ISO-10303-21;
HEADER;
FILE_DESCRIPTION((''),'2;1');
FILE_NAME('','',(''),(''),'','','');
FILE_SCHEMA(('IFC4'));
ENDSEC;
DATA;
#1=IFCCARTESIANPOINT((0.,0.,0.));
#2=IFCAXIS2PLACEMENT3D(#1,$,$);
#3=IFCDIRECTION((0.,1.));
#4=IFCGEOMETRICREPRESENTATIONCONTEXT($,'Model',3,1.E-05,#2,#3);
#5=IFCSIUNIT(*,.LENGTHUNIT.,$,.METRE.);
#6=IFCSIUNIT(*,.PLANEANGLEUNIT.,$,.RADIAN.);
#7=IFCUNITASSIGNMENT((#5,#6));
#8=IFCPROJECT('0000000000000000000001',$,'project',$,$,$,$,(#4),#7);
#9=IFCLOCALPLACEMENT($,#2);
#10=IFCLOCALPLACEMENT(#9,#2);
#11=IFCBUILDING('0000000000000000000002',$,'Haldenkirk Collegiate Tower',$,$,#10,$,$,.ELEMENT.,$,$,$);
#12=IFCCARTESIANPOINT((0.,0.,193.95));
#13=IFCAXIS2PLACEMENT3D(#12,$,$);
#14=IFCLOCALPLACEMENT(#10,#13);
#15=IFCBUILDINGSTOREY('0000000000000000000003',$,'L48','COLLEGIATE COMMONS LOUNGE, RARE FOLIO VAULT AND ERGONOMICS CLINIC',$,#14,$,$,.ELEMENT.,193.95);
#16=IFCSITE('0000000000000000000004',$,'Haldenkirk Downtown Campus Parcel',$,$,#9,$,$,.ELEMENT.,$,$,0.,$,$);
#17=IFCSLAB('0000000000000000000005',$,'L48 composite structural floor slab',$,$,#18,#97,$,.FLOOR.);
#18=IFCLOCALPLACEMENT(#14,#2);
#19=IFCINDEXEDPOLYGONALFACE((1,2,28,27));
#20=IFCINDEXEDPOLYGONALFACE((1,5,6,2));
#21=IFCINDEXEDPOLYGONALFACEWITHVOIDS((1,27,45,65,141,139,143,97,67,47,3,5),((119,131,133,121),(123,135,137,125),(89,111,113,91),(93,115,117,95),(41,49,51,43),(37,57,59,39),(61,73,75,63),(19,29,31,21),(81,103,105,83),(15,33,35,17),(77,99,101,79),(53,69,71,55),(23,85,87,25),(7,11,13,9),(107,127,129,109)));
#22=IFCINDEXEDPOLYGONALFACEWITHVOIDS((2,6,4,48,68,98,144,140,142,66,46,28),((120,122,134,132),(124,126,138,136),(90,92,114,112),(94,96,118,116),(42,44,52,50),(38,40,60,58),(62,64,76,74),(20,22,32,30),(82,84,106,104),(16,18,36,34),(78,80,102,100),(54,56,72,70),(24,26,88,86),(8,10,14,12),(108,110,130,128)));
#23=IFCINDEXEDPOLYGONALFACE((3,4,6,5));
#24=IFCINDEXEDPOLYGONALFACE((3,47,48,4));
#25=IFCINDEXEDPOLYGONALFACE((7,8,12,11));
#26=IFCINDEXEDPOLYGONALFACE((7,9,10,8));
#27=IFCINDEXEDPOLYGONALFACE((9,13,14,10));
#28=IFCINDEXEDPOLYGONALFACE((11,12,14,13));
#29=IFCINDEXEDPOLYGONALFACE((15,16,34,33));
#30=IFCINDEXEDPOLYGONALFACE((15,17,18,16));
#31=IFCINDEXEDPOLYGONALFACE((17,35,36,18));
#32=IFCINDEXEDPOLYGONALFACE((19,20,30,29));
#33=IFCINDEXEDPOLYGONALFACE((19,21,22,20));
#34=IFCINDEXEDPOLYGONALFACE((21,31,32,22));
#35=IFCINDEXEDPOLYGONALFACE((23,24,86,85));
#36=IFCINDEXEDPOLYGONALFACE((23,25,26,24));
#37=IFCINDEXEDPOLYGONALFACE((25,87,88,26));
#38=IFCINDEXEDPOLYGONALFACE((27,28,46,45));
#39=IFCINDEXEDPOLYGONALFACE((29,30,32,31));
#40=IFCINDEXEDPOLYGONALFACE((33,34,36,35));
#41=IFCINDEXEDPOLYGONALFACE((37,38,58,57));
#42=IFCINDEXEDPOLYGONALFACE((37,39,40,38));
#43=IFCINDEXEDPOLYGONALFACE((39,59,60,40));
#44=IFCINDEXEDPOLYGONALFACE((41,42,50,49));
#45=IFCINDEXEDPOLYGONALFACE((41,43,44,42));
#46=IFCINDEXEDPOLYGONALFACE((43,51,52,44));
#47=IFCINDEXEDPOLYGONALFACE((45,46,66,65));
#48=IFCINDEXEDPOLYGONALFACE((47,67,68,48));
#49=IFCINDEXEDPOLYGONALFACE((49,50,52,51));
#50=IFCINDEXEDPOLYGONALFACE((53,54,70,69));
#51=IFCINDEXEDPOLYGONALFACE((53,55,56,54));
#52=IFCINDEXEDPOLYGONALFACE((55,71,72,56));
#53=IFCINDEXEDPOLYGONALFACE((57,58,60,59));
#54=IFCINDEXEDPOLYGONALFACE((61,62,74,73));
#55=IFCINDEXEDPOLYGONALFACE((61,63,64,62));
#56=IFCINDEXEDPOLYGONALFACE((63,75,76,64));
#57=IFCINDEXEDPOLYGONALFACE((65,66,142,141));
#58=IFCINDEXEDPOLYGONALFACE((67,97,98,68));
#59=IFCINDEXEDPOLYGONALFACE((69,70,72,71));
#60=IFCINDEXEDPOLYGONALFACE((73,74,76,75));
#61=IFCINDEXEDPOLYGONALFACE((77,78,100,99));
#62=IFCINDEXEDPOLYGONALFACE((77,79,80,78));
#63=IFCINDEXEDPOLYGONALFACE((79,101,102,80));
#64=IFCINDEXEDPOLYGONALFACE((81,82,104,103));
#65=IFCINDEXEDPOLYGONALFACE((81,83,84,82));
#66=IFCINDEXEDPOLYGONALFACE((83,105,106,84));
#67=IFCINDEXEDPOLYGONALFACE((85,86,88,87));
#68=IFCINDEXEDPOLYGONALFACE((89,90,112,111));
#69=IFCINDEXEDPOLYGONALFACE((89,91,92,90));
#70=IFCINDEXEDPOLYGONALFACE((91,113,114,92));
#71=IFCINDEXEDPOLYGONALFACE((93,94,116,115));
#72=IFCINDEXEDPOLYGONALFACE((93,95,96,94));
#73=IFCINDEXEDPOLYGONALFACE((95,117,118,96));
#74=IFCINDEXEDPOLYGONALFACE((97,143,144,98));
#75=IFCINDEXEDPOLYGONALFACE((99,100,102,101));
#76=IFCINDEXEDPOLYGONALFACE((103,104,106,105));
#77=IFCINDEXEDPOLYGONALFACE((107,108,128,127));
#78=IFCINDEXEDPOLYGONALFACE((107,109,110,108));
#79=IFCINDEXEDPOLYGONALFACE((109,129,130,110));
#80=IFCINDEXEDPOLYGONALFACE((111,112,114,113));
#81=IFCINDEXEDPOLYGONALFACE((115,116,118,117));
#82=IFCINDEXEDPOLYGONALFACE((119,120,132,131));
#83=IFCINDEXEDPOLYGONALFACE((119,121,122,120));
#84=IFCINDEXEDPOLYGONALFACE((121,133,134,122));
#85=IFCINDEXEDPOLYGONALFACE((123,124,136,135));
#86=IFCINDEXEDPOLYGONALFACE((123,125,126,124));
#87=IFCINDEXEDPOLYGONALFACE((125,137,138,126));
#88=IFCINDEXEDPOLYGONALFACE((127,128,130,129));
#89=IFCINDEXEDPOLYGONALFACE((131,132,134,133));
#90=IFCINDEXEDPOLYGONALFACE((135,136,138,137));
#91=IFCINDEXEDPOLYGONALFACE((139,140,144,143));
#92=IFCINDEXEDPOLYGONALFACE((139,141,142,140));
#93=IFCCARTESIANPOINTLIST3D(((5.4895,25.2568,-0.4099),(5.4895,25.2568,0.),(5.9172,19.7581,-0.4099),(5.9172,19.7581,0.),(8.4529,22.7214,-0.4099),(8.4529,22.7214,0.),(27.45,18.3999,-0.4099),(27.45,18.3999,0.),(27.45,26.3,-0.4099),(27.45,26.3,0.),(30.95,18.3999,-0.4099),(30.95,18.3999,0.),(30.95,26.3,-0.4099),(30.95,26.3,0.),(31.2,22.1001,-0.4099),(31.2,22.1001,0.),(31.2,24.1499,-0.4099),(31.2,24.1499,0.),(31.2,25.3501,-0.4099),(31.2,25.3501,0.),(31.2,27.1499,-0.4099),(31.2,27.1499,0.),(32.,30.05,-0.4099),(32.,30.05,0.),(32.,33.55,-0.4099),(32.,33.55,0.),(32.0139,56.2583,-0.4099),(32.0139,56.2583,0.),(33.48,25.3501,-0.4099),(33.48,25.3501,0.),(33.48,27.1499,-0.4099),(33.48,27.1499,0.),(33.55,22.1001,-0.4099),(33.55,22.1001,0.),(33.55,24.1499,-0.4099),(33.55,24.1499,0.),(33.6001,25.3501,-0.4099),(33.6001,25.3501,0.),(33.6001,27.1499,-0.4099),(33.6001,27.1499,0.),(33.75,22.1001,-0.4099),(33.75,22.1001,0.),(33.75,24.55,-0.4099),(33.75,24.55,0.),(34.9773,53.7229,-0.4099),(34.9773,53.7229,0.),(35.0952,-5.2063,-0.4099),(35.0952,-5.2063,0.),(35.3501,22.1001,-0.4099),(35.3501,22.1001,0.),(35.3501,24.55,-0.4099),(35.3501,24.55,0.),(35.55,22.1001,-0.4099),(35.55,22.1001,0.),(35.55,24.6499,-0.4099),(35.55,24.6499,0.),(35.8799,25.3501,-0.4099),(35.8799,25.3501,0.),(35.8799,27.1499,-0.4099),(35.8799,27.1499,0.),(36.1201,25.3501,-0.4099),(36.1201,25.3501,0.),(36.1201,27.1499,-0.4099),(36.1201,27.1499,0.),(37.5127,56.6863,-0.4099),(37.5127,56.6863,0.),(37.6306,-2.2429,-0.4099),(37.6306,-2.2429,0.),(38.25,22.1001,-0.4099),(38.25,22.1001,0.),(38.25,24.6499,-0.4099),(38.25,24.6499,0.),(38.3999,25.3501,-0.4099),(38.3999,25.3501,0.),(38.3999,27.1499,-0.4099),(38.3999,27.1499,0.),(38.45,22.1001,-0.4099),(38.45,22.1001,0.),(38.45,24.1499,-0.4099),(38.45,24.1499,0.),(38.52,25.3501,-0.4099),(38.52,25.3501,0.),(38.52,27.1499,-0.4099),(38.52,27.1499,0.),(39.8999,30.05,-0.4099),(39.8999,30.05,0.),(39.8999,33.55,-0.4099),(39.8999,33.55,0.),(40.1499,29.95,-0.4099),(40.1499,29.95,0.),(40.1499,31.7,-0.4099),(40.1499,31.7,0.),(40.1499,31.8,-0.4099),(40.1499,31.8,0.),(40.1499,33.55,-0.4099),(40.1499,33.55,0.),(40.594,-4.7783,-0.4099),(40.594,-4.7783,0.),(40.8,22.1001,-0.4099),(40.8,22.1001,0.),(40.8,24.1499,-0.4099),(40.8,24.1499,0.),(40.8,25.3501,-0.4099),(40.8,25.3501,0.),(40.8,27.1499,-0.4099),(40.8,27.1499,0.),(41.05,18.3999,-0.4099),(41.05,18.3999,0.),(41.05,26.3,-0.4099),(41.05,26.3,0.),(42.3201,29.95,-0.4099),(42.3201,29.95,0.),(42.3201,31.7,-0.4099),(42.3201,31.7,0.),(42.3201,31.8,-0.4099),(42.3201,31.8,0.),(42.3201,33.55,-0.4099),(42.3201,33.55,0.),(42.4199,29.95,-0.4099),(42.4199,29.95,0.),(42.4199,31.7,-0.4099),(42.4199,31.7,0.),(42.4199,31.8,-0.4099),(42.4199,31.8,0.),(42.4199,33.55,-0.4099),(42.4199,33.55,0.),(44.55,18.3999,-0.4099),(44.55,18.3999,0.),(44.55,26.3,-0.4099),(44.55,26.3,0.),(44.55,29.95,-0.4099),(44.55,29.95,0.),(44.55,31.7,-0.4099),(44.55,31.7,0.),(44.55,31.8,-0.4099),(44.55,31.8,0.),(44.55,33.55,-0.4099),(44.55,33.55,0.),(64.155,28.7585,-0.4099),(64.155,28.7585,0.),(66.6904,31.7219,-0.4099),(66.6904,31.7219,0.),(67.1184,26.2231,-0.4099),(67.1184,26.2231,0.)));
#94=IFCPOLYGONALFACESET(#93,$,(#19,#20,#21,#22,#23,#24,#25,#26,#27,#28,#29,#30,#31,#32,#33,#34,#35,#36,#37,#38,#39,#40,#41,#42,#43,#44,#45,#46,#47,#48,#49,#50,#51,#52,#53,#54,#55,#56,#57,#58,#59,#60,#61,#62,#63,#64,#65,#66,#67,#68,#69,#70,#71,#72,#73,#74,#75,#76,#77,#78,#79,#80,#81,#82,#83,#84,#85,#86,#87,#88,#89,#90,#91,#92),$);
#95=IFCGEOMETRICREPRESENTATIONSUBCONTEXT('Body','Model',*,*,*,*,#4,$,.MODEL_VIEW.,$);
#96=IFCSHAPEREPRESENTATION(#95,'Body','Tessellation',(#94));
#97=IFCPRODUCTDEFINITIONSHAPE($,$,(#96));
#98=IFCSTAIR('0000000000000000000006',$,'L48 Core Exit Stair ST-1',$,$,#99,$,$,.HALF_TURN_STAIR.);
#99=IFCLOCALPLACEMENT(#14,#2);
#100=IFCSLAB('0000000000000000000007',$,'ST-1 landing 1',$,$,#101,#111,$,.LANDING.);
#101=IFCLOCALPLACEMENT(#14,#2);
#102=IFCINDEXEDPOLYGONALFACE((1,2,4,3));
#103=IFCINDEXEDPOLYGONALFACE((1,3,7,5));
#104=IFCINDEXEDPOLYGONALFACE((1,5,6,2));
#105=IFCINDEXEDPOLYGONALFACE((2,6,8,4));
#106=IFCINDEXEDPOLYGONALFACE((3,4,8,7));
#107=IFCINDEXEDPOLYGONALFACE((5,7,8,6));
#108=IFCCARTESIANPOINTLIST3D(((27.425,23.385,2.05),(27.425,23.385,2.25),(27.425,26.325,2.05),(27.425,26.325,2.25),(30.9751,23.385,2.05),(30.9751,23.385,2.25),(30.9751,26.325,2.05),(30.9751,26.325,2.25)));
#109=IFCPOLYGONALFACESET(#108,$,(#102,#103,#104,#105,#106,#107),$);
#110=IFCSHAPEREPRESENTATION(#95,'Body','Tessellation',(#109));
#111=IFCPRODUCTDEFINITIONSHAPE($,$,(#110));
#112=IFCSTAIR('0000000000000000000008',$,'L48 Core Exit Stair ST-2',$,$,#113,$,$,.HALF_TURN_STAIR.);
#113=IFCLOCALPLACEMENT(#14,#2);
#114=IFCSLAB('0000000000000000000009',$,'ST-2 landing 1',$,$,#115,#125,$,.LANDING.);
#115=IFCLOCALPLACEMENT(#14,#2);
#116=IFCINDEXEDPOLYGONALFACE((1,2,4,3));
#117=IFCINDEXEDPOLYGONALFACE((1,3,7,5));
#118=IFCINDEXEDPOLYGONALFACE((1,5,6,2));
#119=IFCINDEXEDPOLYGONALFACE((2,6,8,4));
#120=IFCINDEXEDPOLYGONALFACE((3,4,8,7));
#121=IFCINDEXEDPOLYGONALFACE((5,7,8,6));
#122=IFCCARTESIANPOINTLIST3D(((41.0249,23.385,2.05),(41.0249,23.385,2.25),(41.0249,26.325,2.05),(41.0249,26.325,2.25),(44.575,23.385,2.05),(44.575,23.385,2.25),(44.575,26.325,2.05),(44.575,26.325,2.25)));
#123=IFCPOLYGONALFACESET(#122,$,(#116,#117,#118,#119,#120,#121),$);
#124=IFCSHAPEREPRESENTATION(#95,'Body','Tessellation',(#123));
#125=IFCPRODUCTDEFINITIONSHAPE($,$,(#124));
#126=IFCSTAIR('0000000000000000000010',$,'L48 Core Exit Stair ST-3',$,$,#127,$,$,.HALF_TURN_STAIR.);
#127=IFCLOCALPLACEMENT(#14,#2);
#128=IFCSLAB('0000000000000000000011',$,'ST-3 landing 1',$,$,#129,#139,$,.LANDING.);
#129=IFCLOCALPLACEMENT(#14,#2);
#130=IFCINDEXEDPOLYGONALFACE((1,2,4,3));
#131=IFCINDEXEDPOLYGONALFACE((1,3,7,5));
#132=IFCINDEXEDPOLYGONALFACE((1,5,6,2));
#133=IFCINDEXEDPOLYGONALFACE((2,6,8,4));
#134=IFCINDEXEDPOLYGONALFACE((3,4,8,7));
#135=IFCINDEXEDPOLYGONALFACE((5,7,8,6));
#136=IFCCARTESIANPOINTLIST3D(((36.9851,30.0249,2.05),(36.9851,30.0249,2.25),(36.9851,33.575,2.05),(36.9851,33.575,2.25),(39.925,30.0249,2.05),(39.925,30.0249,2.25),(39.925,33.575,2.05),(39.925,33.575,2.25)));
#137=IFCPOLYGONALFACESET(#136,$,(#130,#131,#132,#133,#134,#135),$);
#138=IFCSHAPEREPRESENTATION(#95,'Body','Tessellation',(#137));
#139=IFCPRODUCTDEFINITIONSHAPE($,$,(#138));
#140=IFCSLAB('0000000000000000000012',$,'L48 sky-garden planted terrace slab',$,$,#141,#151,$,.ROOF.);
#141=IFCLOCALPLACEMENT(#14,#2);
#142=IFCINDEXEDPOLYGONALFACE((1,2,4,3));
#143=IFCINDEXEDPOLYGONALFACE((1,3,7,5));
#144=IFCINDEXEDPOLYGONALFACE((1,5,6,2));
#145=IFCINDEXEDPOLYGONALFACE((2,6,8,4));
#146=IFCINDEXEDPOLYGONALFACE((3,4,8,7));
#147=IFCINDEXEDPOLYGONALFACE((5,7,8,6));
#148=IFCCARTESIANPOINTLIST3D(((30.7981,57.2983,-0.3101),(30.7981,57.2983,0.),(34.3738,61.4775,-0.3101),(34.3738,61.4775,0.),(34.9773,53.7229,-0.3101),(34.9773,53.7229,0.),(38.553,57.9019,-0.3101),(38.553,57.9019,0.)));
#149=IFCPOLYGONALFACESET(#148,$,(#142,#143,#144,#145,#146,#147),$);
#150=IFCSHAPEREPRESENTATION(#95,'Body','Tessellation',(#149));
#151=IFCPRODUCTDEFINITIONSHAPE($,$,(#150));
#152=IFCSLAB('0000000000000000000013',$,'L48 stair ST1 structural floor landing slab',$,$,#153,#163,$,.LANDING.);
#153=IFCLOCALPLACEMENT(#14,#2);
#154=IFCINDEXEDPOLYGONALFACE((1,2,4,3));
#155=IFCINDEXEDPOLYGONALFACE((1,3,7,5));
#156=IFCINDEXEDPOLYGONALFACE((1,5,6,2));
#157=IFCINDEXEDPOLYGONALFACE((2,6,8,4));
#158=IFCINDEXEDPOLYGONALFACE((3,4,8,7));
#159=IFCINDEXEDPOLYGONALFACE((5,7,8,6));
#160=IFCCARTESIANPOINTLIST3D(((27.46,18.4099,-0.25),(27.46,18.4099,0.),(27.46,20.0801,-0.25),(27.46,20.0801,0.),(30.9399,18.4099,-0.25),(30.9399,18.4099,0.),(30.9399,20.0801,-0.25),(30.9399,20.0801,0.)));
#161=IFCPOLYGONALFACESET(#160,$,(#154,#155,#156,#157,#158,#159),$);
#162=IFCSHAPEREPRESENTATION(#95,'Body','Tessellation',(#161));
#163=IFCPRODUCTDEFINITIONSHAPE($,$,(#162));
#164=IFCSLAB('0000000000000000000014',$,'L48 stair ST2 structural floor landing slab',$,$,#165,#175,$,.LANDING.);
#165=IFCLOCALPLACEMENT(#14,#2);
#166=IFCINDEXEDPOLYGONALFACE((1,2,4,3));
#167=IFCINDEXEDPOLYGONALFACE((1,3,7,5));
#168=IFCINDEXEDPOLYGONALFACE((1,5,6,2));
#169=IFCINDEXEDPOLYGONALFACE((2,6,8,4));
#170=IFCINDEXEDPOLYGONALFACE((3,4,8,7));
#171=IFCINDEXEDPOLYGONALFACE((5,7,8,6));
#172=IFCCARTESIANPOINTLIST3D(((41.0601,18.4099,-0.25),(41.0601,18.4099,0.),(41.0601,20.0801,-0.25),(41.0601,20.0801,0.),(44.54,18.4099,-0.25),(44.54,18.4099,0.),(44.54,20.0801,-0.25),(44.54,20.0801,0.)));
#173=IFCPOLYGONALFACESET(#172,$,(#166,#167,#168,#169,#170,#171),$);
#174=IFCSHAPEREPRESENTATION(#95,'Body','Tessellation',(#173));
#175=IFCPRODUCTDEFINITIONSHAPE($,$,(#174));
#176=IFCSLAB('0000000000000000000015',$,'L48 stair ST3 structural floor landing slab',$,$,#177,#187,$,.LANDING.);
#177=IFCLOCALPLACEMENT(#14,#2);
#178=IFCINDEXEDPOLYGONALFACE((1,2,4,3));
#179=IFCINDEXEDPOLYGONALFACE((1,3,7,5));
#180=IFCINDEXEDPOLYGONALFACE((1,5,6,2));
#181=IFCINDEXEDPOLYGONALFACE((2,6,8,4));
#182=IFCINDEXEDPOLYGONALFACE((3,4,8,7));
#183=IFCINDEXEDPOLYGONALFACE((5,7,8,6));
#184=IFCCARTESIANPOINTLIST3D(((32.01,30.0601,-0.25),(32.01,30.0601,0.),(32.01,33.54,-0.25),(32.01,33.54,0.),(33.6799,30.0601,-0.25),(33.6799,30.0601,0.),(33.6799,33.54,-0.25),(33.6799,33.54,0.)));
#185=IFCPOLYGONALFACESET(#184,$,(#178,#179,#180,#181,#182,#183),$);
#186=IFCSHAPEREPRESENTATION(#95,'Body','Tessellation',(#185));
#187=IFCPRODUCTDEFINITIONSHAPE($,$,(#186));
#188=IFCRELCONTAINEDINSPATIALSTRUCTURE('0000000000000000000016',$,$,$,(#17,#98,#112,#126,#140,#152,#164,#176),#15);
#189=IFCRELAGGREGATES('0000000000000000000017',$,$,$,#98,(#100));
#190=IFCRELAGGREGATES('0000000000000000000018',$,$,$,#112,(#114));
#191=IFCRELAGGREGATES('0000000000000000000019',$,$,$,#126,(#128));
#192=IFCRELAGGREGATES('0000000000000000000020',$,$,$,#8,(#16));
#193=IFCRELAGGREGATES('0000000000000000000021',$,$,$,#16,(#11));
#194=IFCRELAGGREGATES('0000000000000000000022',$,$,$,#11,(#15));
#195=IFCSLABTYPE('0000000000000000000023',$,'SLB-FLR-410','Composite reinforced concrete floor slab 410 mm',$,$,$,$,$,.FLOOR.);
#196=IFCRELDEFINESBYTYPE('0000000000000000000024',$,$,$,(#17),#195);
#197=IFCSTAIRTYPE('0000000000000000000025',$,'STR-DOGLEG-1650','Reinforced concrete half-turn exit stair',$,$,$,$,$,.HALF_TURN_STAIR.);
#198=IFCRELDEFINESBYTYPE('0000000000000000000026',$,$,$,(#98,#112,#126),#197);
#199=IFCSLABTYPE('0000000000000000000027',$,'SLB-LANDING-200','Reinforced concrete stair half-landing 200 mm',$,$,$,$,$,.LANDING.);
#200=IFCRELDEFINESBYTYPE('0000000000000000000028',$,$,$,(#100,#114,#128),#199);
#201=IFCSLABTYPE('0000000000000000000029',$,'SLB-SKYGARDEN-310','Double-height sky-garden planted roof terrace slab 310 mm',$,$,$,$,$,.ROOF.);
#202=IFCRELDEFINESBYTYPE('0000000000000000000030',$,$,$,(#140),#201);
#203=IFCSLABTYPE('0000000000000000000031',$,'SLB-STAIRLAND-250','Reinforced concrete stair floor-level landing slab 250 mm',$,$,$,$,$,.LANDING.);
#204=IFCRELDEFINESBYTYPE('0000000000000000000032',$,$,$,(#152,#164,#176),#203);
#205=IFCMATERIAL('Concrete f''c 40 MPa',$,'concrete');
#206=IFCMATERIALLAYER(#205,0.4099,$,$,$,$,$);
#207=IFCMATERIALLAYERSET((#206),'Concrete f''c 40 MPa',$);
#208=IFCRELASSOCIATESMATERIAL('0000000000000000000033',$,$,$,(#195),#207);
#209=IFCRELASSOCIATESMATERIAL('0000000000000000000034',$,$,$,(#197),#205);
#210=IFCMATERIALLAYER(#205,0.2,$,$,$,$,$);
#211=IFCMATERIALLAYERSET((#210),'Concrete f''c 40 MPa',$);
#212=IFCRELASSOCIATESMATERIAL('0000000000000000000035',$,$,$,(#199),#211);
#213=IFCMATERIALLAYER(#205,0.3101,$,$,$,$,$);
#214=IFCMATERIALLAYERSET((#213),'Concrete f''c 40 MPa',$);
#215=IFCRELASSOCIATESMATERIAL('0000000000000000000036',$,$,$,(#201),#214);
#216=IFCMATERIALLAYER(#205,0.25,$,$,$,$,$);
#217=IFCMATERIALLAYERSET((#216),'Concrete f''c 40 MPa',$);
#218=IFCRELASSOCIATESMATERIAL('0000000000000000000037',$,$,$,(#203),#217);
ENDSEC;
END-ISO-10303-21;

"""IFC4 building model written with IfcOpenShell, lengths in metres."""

from ifc_helpers import new_model, si_unit, direction, frame, origin, place, context, subcontext, project, spatial, polyline, outline, extrude, material, layer, layer_set, type_object, element, aggregate, save


model = new_model("IFC4")

# Units and contexts
model_context = context("Model", 3, precision=1e-05, world=origin(), true_north=direction((0.0, 1.0)))
body_context = subcontext(model_context, "Body", "Model", "MODEL_VIEW")
ifc_project = project(units=[si_unit("LENGTHUNIT", "METRE"), si_unit("PLANEANGLEUNIT", "RADIAN")], contexts=[model_context])

# Site, building, storey
site_placement = place(None, origin())
site = spatial("IfcSite", under=ifc_project, at=site_placement, Name="Haldenkirk Downtown Campus Parcel", CompositionType="ELEMENT", RefElevation=0.0)
building_placement = place(site_placement, origin())
building = spatial("IfcBuilding", under=site, at=building_placement, Name="Haldenkirk Collegiate Tower", CompositionType="ELEMENT")
storey_placement = place(building_placement, frame((0.0, 0.0, 193.95)))
storey = spatial("IfcBuildingStorey", under=building, at=storey_placement, Name="L48", Description="COLLEGIATE COMMONS LOUNGE, RARE FOLIO VAULT AND ERGONOMICS CLINIC", CompositionType="ELEMENT", Elevation=193.95)

# Slab
ifc_material_1 = material(Name="Concrete f'c 40 MPa", Category="concrete")
ifc_layer_1 = layer(ifc_material_1, 0.4099)
ifc_layer_set_1 = layer_set([ifc_layer_1], Name="Concrete f'c 40 MPa")
slab_type_1 = type_object("IfcSlabType", Name="SLB-FLR-410", Description="Composite reinforced concrete floor slab 410 mm", PredefinedType="FLOOR", material=ifc_layer_set_1)
slab_1_placement = place(storey_placement, frame((0.0, 0.0, -0.4099)))
element("IfcSlab", 1, at=slab_1_placement, inside=storey, type_object=slab_type_1, Name="L48 composite structural floor slab", PredefinedType="FLOOR", context=body_context, shape_type="SweptSolid", body=[
    extrude(outline(polyline([(40.594, -4.7783), (67.1184, 26.2231), (64.155, 28.7585), (66.6904, 31.7219), (37.5127, 56.6863), (34.9773, 53.7229), (32.0139, 56.2583), (5.4895, 25.2568), (8.4529, 22.7214), (5.9172, 19.7581), (35.0952, -5.2063), (37.6306, -2.2429), (40.594, -4.7783)]), holes=[polyline([(27.45, 18.3999), (30.95, 18.3999), (30.95, 26.3), (27.45, 26.3), (27.45, 18.3999)]), polyline([(41.05, 18.3999), (44.55, 18.3999), (44.55, 26.3), (41.05, 26.3), (41.05, 18.3999)]), polyline([(32.0, 30.05), (39.8999, 30.05), (39.8999, 33.55), (32.0, 33.55), (32.0, 30.05)]), polyline([(33.75, 22.1001), (35.3501, 22.1001), (35.3501, 24.55), (33.75, 24.55), (33.75, 22.1001)]), polyline([(40.1499, 29.95), (42.3201, 29.95), (42.3201, 31.7), (40.1499, 31.7), (40.1499, 29.95)]), polyline([(42.4199, 29.95), (44.55, 29.95), (44.55, 31.7), (42.4199, 31.7), (42.4199, 29.95)]), polyline([(40.1499, 31.8), (42.3201, 31.8), (42.3201, 33.55), (40.1499, 33.55), (40.1499, 31.8)]), polyline([(42.4199, 31.8), (44.55, 31.8), (44.55, 33.55), (42.4199, 33.55), (42.4199, 31.8)]), polyline([(31.2, 25.3501), (33.48, 25.3501), (33.48, 27.1499), (31.2, 27.1499), (31.2, 25.3501)]), polyline([(33.6001, 25.3501), (35.8799, 25.3501), (35.8799, 27.1499), (33.6001, 27.1499), (33.6001, 25.3501)]), polyline([(36.1201, 25.3501), (38.3999, 25.3501), (38.3999, 27.1499), (36.1201, 27.1499), (36.1201, 25.3501)]), polyline([(38.52, 25.3501), (40.8, 25.3501), (40.8, 27.1499), (38.52, 27.1499), (38.52, 25.3501)]), polyline([(31.2, 22.1001), (33.55, 22.1001), (33.55, 24.1499), (31.2, 24.1499), (31.2, 22.1001)]), polyline([(38.45, 22.1001), (40.8, 22.1001), (40.8, 24.1499), (38.45, 24.1499), (38.45, 22.1001)]), polyline([(35.55, 22.1001), (38.25, 22.1001), (38.25, 24.6499), (35.55, 24.6499), (35.55, 22.1001)])]), origin(), (0.0, 0.0, 1.0), 0.4099),
])

# Stairs, slabs
stair_type = type_object("IfcStairType", Name="STR-DOGLEG-1650", Description="Reinforced concrete half-turn exit stair", PredefinedType="HALF_TURN_STAIR", material=ifc_material_1)
stair_1_placement = place(storey_placement, origin())
stair_1 = element("IfcStair", 2, at=stair_1_placement, inside=storey, type_object=stair_type, Name="L48 Core Exit Stair ST-1", PredefinedType="HALF_TURN_STAIR")
ifc_layer_2 = layer(ifc_material_1, 0.2)
ifc_layer_set_2 = layer_set([ifc_layer_2], Name="Concrete f'c 40 MPa")
slab_type_2 = type_object("IfcSlabType", Name="SLB-LANDING-200", Description="Reinforced concrete stair half-landing 200 mm", PredefinedType="LANDING", material=ifc_layer_set_2)
slab_2_placement = place(storey_placement, frame((0.0, 0.0, 2.05)))
slab_2 = element("IfcSlab", 3, at=slab_2_placement, type_object=slab_type_2, Name="ST-1 landing 1", PredefinedType="LANDING", context=body_context, shape_type="SweptSolid", body=[
    extrude(outline(polyline([(30.9751, 23.385), (27.425, 23.385), (27.425, 26.325), (30.9751, 26.325), (30.9751, 23.385)])), origin(), (0.0, 0.0, 1.0), 0.2),
])
aggregate(stair_1, [slab_2])
stair_2_placement = place(storey_placement, origin())
stair_2 = element("IfcStair", 4, at=stair_2_placement, inside=storey, type_object=stair_type, Name="L48 Core Exit Stair ST-2", PredefinedType="HALF_TURN_STAIR")
slab_3_placement = place(storey_placement, frame((0.0, 0.0, 2.05)))
slab_3 = element("IfcSlab", 5, at=slab_3_placement, type_object=slab_type_2, Name="ST-2 landing 1", PredefinedType="LANDING", context=body_context, shape_type="SweptSolid", body=[
    extrude(outline(polyline([(44.575, 23.385), (41.0249, 23.385), (41.0249, 26.325), (44.575, 26.325), (44.575, 23.385)])), origin(), (0.0, 0.0, 1.0), 0.2),
])
aggregate(stair_2, [slab_3])
stair_3_placement = place(storey_placement, origin())
stair_3 = element("IfcStair", 6, at=stair_3_placement, inside=storey, type_object=stair_type, Name="L48 Core Exit Stair ST-3", PredefinedType="HALF_TURN_STAIR")
slab_4_placement = place(storey_placement, frame((0.0, 0.0, 2.05)))
slab_4 = element("IfcSlab", 7, at=slab_4_placement, type_object=slab_type_2, Name="ST-3 landing 1", PredefinedType="LANDING", context=body_context, shape_type="SweptSolid", body=[
    extrude(outline(polyline([(36.9851, 30.0249), (36.9851, 33.575), (39.925, 33.575), (39.925, 30.0249), (36.9851, 30.0249)])), origin(), (0.0, 0.0, 1.0), 0.2),
])
aggregate(stair_3, [slab_4])

# Slabs
ifc_layer_3 = layer(ifc_material_1, 0.3101)
ifc_layer_set_3 = layer_set([ifc_layer_3], Name="Concrete f'c 40 MPa")
slab_type_3 = type_object("IfcSlabType", Name="SLB-SKYGARDEN-310", Description="Double-height sky-garden planted roof terrace slab 310 mm", PredefinedType="ROOF", material=ifc_layer_set_3)
slab_5_placement = place(storey_placement, frame((0.0, 0.0, -0.3101)))
element("IfcSlab", 8, at=slab_5_placement, inside=storey, type_object=slab_type_3, Name="L48 sky-garden planted terrace slab", PredefinedType="ROOF", context=body_context, shape_type="SweptSolid", body=[
    extrude(outline(polyline([(34.9773, 53.7229), (38.553, 57.9019), (34.3738, 61.4775), (30.7981, 57.2983), (34.9773, 53.7229)])), origin(), (0.0, 0.0, 1.0), 0.3101),
])
ifc_layer_4 = layer(ifc_material_1, 0.25)
ifc_layer_set_4 = layer_set([ifc_layer_4], Name="Concrete f'c 40 MPa")
slab_type_4 = type_object("IfcSlabType", Name="SLB-STAIRLAND-250", Description="Reinforced concrete stair floor-level landing slab 250 mm", PredefinedType="LANDING", material=ifc_layer_set_4)
slab_6_placement = place(storey_placement, frame((0.0, 0.0, -0.25)))
element("IfcSlab", 9, at=slab_6_placement, inside=storey, type_object=slab_type_4, Name="L48 stair ST1 structural floor landing slab", PredefinedType="LANDING", context=body_context, shape_type="SweptSolid", body=[
    extrude(outline(polyline([(27.46, 18.4099), (30.9399, 18.4099), (30.9399, 20.0801), (27.46, 20.0801), (27.46, 18.4099)])), origin(), (0.0, 0.0, 1.0), 0.25),
])
slab_7_placement = place(storey_placement, frame((0.0, 0.0, -0.25)))
element("IfcSlab", 10, at=slab_7_placement, inside=storey, type_object=slab_type_4, Name="L48 stair ST2 structural floor landing slab", PredefinedType="LANDING", context=body_context, shape_type="SweptSolid", body=[
    extrude(outline(polyline([(41.0601, 18.4099), (44.54, 18.4099), (44.54, 20.0801), (41.0601, 20.0801), (41.0601, 18.4099)])), origin(), (0.0, 0.0, 1.0), 0.25),
])
slab_8_placement = place(storey_placement, frame((0.0, 0.0, -0.25)))
element("IfcSlab", 11, at=slab_8_placement, inside=storey, type_object=slab_type_4, Name="L48 stair ST3 structural floor landing slab", PredefinedType="LANDING", context=body_context, shape_type="SweptSolid", body=[
    extrude(outline(polyline([(32.01, 30.0601), (33.6799, 30.0601), (33.6799, 33.54), (32.01, 33.54), (32.01, 30.0601)])), origin(), (0.0, 0.0, 1.0), 0.25),
])

save(model, "model.ifc")
